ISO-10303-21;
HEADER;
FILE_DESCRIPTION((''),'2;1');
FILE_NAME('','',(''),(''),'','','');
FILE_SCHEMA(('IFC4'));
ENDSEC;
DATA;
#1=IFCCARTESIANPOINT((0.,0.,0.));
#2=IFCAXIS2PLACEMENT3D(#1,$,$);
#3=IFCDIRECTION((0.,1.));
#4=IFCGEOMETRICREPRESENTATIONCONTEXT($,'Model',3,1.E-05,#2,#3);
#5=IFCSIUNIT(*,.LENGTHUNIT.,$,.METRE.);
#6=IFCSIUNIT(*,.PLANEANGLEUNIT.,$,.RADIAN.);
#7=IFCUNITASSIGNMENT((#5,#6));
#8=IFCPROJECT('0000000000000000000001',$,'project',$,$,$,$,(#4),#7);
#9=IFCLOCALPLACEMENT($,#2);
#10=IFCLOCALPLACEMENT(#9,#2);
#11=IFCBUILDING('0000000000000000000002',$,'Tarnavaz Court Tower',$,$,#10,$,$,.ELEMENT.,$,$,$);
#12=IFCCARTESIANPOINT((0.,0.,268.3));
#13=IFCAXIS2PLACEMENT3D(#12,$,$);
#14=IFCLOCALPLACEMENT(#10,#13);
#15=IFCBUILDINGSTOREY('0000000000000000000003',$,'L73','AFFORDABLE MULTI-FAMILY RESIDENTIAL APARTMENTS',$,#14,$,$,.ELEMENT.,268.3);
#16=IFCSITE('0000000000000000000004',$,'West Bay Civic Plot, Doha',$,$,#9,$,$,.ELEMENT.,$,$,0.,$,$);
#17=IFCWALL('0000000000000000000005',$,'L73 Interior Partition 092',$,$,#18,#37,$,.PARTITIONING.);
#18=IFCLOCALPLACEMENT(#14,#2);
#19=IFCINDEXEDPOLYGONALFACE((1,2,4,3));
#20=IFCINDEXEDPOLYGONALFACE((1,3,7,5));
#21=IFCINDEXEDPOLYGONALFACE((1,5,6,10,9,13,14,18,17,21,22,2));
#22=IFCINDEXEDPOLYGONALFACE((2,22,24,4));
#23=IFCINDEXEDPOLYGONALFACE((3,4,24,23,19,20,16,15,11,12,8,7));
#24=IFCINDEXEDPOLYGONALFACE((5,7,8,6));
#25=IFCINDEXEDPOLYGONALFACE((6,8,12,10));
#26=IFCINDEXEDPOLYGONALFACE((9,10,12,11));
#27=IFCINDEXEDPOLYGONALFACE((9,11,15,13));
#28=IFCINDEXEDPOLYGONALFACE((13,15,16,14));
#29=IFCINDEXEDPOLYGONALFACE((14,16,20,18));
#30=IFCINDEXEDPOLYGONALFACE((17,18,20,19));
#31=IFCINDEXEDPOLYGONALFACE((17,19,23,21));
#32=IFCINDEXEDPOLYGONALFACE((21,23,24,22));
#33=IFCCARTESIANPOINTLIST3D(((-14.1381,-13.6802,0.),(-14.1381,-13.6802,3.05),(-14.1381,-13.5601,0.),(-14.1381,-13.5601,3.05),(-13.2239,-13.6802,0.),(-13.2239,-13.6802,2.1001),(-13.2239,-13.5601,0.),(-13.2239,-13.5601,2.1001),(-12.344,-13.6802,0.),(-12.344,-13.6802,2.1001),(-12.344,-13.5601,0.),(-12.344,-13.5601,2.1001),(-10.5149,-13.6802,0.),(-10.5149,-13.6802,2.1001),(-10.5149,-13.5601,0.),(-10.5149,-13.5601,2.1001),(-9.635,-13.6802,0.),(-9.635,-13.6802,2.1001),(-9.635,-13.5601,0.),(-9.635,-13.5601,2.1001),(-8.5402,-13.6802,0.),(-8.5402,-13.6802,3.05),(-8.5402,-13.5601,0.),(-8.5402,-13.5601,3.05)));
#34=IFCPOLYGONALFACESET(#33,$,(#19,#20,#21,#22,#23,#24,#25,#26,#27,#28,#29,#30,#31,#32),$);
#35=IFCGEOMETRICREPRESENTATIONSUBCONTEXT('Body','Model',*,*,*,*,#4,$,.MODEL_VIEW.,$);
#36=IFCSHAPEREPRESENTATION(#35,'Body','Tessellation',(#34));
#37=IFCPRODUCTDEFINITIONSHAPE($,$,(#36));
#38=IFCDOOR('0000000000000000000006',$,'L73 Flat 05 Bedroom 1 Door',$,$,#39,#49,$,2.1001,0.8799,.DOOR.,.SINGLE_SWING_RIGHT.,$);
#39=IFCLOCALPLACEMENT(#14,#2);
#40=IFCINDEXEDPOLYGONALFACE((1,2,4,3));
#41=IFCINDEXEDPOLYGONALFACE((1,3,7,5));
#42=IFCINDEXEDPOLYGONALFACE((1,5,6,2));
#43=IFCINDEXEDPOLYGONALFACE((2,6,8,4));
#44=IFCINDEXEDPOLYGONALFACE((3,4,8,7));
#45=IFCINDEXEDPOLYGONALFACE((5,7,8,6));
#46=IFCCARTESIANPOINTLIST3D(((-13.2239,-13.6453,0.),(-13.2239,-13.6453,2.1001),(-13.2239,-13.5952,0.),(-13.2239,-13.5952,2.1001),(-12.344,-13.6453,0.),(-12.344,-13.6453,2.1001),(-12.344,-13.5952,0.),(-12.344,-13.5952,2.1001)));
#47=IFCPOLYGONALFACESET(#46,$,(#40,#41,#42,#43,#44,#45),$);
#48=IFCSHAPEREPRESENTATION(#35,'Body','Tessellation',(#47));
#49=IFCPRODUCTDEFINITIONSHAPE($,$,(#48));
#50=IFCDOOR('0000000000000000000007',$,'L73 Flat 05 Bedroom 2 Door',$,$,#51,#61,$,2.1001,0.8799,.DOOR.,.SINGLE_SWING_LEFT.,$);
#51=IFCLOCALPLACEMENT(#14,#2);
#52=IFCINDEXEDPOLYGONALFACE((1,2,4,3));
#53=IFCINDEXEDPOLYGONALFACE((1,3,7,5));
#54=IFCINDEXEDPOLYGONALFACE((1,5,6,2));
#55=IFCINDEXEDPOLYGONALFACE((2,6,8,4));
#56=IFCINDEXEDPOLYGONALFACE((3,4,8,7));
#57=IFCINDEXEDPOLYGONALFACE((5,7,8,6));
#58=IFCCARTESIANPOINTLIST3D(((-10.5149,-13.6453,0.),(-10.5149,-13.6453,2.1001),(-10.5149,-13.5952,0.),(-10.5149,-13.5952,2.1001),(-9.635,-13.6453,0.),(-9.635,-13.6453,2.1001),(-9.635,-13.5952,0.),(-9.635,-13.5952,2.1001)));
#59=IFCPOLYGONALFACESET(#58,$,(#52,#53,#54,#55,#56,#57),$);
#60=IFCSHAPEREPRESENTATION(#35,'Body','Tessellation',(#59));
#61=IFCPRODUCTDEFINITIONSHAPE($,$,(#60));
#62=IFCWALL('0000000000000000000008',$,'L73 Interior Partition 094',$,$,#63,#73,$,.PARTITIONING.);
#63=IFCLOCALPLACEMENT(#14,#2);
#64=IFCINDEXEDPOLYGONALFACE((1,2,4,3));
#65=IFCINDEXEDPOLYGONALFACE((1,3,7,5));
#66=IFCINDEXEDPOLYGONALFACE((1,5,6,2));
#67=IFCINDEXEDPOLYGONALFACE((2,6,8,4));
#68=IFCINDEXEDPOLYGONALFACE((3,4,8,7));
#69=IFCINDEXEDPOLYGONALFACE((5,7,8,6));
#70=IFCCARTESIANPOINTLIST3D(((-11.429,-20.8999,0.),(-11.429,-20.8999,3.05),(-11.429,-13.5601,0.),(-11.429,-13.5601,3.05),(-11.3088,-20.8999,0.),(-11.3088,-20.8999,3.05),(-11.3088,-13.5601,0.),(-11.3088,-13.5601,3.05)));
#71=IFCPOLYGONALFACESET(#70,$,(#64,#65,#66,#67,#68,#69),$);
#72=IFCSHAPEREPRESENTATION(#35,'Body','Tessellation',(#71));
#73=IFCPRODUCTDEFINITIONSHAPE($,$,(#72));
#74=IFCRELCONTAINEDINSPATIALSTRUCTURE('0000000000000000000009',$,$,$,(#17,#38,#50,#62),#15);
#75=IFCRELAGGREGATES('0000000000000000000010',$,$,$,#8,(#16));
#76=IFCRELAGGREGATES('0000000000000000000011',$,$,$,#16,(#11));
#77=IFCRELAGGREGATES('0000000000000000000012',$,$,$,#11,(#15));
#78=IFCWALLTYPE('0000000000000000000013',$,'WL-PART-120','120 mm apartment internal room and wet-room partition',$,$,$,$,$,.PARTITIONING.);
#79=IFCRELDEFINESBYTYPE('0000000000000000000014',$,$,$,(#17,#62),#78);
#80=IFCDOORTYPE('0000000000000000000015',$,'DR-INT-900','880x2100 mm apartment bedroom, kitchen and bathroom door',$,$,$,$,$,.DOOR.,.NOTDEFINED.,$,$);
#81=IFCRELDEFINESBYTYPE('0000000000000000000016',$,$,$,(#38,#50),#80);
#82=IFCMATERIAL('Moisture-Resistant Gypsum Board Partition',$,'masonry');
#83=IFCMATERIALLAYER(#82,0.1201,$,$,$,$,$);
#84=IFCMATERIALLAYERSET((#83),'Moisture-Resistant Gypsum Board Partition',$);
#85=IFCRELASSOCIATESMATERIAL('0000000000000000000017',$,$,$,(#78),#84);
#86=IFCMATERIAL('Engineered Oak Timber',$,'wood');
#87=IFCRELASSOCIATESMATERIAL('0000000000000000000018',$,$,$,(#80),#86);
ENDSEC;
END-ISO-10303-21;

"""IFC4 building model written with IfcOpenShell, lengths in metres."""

from ifc_helpers import new_model, si_unit, direction, frame, frame_2d, origin, place, context, subcontext, project, spatial, rectangle, extrude, material, layer, layer_set, type_object, element, fill, save


model = new_model("IFC4")

# Units and contexts
model_context = context("Model", 3, precision=1e-05, world=origin(), true_north=direction((0.0, 1.0)))
body_context = subcontext(model_context, "Body", "Model", "MODEL_VIEW")
ifc_project = project(units=[si_unit("LENGTHUNIT", "METRE"), si_unit("PLANEANGLEUNIT", "RADIAN")], contexts=[model_context])

# Site, building, storey
site_placement = place(None, origin())
site = spatial("IfcSite", under=ifc_project, at=site_placement, Name="West Bay Civic Plot, Doha", CompositionType="ELEMENT", RefElevation=0.0)
building_placement = place(site_placement, origin())
building = spatial("IfcBuilding", under=site, at=building_placement, Name="Tarnavaz Court Tower", CompositionType="ELEMENT")
storey_placement = place(building_placement, frame((0.0, 0.0, 268.3)))
storey = spatial("IfcBuildingStorey", under=building, at=storey_placement, Name="L73", Description="AFFORDABLE MULTI-FAMILY RESIDENTIAL APARTMENTS", CompositionType="ELEMENT", Elevation=268.3)

# Shared definitions
ifc_material_1 = material(Name="Moisture-Resistant Gypsum Board Partition", Category="masonry")
ifc_layer = layer(ifc_material_1, 0.1201)
ifc_layer_set = layer_set([ifc_layer], Name="Moisture-Resistant Gypsum Board Partition")
wall_type = type_object("IfcWallType", Name="WL-PART-120", Description="120 mm apartment internal room and wet-room partition", PredefinedType="PARTITIONING", material=ifc_layer_set)
ifc_material_2 = material(Name="Engineered Oak Timber", Category="wood")
door_type_1 = type_object("IfcDoorType", Name="DR-INT-900", Description="880x2100 mm apartment bedroom, kitchen and bathroom door", OperationType="NOTDEFINED", PredefinedType="DOOR", material=ifc_material_2)

# Wall, openings, doors
wall_1_placement = place(storey_placement, frame((-14.1379, -13.6201, 0.0), z_axis=(0.0, 0.0, 1.0), x_axis=(1.0, 0.0, 0.0)))
wall_1 = element("IfcWall", 1, at=wall_1_placement, inside=storey, type_object=wall_type, Name="L73 Interior Partition 092", PredefinedType="PARTITIONING", context=body_context, shape_type="SweptSolid", body=[
    extrude(rectangle(XDim=5.5979, YDim=0.1201, at=frame_2d((2.7988, 0.0))), origin(), (0.0, 0.0, 1.0), 3.05),
])
opening_1_placement = place(wall_1_placement, frame((0.9141, 0.0, 0.0)))
opening_1 = element("IfcOpeningElement", 2, at=opening_1_placement, cuts=wall_1, PredefinedType="OPENING", context=body_context, shape_type="SweptSolid", body=[
    extrude(rectangle(XDim=0.8799, YDim=2.1001, at=frame_2d((0.4399, 1.05))), frame((0.0, 0.0701, 0.0), z_axis=(0.0, -1.0, 0.0), x_axis=(1.0, 0.0, 0.0)), (0.0, 0.0, 1.0), 0.1401),
])
opening_2_placement = place(wall_1_placement, frame((3.623, 0.0, 0.0)))
opening_2 = element("IfcOpeningElement", 3, at=opening_2_placement, cuts=wall_1, PredefinedType="OPENING", context=body_context, shape_type="SweptSolid", body=[
    extrude(rectangle(XDim=0.8799, YDim=2.1001, at=frame_2d((0.4399, 1.05))), frame((0.0, 0.0701, 0.0), z_axis=(0.0, -1.0, 0.0), x_axis=(1.0, 0.0, 0.0)), (0.0, 0.0, 1.0), 0.1401),
])
door_1_placement = place(opening_1_placement, origin())
door_1 = element("IfcDoor", 4, at=door_1_placement, inside=storey, type_object=door_type_1, Name="L73 Flat 05 Bedroom 1 Door", OperationType="SINGLE_SWING_RIGHT", OverallHeight=2.1001, OverallWidth=0.8799, PredefinedType="DOOR", context=body_context, shape_type="SweptSolid", body=[
    extrude(rectangle(XDim=0.8799, YDim=2.1001, at=frame_2d((0.4399, 1.05))), frame((0.0, 0.0249, 0.0), z_axis=(0.0, -1.0, 0.0), x_axis=(1.0, 0.0, 0.0)), (0.0, 0.0, 1.0), 0.05),
])
fill(opening_1, door_1)
door_2_placement = place(opening_2_placement, origin())
door_2 = element("IfcDoor", 5, at=door_2_placement, inside=storey, type_object=door_type_1, Name="L73 Flat 05 Bedroom 2 Door", OperationType="SINGLE_SWING_LEFT", OverallHeight=2.1001, OverallWidth=0.8799, PredefinedType="DOOR", context=body_context, shape_type="SweptSolid", body=[
    extrude(rectangle(XDim=0.8799, YDim=2.1001, at=frame_2d((0.4399, 1.05))), frame((0.0, 0.0249, 0.0), z_axis=(0.0, -1.0, 0.0), x_axis=(1.0, 0.0, 0.0)), (0.0, 0.0, 1.0), 0.05),
])
fill(opening_2, door_2)

# Wall
wall_2_placement = place(storey_placement, frame((-11.3689, -20.8999, 0.0), z_axis=(0.0, 0.0, 1.0), x_axis=(0.0, 1.0, 0.0)))
element("IfcWall", 6, at=wall_2_placement, inside=storey, type_object=wall_type, Name="L73 Interior Partition 094", PredefinedType="PARTITIONING", context=body_context, shape_type="SweptSolid", body=[
    extrude(rectangle(XDim=7.3398, YDim=0.1201, at=frame_2d((3.6699, 0.0))), origin(), (0.0, 0.0, 1.0), 3.05),
])

save(model, "model.ifc")
